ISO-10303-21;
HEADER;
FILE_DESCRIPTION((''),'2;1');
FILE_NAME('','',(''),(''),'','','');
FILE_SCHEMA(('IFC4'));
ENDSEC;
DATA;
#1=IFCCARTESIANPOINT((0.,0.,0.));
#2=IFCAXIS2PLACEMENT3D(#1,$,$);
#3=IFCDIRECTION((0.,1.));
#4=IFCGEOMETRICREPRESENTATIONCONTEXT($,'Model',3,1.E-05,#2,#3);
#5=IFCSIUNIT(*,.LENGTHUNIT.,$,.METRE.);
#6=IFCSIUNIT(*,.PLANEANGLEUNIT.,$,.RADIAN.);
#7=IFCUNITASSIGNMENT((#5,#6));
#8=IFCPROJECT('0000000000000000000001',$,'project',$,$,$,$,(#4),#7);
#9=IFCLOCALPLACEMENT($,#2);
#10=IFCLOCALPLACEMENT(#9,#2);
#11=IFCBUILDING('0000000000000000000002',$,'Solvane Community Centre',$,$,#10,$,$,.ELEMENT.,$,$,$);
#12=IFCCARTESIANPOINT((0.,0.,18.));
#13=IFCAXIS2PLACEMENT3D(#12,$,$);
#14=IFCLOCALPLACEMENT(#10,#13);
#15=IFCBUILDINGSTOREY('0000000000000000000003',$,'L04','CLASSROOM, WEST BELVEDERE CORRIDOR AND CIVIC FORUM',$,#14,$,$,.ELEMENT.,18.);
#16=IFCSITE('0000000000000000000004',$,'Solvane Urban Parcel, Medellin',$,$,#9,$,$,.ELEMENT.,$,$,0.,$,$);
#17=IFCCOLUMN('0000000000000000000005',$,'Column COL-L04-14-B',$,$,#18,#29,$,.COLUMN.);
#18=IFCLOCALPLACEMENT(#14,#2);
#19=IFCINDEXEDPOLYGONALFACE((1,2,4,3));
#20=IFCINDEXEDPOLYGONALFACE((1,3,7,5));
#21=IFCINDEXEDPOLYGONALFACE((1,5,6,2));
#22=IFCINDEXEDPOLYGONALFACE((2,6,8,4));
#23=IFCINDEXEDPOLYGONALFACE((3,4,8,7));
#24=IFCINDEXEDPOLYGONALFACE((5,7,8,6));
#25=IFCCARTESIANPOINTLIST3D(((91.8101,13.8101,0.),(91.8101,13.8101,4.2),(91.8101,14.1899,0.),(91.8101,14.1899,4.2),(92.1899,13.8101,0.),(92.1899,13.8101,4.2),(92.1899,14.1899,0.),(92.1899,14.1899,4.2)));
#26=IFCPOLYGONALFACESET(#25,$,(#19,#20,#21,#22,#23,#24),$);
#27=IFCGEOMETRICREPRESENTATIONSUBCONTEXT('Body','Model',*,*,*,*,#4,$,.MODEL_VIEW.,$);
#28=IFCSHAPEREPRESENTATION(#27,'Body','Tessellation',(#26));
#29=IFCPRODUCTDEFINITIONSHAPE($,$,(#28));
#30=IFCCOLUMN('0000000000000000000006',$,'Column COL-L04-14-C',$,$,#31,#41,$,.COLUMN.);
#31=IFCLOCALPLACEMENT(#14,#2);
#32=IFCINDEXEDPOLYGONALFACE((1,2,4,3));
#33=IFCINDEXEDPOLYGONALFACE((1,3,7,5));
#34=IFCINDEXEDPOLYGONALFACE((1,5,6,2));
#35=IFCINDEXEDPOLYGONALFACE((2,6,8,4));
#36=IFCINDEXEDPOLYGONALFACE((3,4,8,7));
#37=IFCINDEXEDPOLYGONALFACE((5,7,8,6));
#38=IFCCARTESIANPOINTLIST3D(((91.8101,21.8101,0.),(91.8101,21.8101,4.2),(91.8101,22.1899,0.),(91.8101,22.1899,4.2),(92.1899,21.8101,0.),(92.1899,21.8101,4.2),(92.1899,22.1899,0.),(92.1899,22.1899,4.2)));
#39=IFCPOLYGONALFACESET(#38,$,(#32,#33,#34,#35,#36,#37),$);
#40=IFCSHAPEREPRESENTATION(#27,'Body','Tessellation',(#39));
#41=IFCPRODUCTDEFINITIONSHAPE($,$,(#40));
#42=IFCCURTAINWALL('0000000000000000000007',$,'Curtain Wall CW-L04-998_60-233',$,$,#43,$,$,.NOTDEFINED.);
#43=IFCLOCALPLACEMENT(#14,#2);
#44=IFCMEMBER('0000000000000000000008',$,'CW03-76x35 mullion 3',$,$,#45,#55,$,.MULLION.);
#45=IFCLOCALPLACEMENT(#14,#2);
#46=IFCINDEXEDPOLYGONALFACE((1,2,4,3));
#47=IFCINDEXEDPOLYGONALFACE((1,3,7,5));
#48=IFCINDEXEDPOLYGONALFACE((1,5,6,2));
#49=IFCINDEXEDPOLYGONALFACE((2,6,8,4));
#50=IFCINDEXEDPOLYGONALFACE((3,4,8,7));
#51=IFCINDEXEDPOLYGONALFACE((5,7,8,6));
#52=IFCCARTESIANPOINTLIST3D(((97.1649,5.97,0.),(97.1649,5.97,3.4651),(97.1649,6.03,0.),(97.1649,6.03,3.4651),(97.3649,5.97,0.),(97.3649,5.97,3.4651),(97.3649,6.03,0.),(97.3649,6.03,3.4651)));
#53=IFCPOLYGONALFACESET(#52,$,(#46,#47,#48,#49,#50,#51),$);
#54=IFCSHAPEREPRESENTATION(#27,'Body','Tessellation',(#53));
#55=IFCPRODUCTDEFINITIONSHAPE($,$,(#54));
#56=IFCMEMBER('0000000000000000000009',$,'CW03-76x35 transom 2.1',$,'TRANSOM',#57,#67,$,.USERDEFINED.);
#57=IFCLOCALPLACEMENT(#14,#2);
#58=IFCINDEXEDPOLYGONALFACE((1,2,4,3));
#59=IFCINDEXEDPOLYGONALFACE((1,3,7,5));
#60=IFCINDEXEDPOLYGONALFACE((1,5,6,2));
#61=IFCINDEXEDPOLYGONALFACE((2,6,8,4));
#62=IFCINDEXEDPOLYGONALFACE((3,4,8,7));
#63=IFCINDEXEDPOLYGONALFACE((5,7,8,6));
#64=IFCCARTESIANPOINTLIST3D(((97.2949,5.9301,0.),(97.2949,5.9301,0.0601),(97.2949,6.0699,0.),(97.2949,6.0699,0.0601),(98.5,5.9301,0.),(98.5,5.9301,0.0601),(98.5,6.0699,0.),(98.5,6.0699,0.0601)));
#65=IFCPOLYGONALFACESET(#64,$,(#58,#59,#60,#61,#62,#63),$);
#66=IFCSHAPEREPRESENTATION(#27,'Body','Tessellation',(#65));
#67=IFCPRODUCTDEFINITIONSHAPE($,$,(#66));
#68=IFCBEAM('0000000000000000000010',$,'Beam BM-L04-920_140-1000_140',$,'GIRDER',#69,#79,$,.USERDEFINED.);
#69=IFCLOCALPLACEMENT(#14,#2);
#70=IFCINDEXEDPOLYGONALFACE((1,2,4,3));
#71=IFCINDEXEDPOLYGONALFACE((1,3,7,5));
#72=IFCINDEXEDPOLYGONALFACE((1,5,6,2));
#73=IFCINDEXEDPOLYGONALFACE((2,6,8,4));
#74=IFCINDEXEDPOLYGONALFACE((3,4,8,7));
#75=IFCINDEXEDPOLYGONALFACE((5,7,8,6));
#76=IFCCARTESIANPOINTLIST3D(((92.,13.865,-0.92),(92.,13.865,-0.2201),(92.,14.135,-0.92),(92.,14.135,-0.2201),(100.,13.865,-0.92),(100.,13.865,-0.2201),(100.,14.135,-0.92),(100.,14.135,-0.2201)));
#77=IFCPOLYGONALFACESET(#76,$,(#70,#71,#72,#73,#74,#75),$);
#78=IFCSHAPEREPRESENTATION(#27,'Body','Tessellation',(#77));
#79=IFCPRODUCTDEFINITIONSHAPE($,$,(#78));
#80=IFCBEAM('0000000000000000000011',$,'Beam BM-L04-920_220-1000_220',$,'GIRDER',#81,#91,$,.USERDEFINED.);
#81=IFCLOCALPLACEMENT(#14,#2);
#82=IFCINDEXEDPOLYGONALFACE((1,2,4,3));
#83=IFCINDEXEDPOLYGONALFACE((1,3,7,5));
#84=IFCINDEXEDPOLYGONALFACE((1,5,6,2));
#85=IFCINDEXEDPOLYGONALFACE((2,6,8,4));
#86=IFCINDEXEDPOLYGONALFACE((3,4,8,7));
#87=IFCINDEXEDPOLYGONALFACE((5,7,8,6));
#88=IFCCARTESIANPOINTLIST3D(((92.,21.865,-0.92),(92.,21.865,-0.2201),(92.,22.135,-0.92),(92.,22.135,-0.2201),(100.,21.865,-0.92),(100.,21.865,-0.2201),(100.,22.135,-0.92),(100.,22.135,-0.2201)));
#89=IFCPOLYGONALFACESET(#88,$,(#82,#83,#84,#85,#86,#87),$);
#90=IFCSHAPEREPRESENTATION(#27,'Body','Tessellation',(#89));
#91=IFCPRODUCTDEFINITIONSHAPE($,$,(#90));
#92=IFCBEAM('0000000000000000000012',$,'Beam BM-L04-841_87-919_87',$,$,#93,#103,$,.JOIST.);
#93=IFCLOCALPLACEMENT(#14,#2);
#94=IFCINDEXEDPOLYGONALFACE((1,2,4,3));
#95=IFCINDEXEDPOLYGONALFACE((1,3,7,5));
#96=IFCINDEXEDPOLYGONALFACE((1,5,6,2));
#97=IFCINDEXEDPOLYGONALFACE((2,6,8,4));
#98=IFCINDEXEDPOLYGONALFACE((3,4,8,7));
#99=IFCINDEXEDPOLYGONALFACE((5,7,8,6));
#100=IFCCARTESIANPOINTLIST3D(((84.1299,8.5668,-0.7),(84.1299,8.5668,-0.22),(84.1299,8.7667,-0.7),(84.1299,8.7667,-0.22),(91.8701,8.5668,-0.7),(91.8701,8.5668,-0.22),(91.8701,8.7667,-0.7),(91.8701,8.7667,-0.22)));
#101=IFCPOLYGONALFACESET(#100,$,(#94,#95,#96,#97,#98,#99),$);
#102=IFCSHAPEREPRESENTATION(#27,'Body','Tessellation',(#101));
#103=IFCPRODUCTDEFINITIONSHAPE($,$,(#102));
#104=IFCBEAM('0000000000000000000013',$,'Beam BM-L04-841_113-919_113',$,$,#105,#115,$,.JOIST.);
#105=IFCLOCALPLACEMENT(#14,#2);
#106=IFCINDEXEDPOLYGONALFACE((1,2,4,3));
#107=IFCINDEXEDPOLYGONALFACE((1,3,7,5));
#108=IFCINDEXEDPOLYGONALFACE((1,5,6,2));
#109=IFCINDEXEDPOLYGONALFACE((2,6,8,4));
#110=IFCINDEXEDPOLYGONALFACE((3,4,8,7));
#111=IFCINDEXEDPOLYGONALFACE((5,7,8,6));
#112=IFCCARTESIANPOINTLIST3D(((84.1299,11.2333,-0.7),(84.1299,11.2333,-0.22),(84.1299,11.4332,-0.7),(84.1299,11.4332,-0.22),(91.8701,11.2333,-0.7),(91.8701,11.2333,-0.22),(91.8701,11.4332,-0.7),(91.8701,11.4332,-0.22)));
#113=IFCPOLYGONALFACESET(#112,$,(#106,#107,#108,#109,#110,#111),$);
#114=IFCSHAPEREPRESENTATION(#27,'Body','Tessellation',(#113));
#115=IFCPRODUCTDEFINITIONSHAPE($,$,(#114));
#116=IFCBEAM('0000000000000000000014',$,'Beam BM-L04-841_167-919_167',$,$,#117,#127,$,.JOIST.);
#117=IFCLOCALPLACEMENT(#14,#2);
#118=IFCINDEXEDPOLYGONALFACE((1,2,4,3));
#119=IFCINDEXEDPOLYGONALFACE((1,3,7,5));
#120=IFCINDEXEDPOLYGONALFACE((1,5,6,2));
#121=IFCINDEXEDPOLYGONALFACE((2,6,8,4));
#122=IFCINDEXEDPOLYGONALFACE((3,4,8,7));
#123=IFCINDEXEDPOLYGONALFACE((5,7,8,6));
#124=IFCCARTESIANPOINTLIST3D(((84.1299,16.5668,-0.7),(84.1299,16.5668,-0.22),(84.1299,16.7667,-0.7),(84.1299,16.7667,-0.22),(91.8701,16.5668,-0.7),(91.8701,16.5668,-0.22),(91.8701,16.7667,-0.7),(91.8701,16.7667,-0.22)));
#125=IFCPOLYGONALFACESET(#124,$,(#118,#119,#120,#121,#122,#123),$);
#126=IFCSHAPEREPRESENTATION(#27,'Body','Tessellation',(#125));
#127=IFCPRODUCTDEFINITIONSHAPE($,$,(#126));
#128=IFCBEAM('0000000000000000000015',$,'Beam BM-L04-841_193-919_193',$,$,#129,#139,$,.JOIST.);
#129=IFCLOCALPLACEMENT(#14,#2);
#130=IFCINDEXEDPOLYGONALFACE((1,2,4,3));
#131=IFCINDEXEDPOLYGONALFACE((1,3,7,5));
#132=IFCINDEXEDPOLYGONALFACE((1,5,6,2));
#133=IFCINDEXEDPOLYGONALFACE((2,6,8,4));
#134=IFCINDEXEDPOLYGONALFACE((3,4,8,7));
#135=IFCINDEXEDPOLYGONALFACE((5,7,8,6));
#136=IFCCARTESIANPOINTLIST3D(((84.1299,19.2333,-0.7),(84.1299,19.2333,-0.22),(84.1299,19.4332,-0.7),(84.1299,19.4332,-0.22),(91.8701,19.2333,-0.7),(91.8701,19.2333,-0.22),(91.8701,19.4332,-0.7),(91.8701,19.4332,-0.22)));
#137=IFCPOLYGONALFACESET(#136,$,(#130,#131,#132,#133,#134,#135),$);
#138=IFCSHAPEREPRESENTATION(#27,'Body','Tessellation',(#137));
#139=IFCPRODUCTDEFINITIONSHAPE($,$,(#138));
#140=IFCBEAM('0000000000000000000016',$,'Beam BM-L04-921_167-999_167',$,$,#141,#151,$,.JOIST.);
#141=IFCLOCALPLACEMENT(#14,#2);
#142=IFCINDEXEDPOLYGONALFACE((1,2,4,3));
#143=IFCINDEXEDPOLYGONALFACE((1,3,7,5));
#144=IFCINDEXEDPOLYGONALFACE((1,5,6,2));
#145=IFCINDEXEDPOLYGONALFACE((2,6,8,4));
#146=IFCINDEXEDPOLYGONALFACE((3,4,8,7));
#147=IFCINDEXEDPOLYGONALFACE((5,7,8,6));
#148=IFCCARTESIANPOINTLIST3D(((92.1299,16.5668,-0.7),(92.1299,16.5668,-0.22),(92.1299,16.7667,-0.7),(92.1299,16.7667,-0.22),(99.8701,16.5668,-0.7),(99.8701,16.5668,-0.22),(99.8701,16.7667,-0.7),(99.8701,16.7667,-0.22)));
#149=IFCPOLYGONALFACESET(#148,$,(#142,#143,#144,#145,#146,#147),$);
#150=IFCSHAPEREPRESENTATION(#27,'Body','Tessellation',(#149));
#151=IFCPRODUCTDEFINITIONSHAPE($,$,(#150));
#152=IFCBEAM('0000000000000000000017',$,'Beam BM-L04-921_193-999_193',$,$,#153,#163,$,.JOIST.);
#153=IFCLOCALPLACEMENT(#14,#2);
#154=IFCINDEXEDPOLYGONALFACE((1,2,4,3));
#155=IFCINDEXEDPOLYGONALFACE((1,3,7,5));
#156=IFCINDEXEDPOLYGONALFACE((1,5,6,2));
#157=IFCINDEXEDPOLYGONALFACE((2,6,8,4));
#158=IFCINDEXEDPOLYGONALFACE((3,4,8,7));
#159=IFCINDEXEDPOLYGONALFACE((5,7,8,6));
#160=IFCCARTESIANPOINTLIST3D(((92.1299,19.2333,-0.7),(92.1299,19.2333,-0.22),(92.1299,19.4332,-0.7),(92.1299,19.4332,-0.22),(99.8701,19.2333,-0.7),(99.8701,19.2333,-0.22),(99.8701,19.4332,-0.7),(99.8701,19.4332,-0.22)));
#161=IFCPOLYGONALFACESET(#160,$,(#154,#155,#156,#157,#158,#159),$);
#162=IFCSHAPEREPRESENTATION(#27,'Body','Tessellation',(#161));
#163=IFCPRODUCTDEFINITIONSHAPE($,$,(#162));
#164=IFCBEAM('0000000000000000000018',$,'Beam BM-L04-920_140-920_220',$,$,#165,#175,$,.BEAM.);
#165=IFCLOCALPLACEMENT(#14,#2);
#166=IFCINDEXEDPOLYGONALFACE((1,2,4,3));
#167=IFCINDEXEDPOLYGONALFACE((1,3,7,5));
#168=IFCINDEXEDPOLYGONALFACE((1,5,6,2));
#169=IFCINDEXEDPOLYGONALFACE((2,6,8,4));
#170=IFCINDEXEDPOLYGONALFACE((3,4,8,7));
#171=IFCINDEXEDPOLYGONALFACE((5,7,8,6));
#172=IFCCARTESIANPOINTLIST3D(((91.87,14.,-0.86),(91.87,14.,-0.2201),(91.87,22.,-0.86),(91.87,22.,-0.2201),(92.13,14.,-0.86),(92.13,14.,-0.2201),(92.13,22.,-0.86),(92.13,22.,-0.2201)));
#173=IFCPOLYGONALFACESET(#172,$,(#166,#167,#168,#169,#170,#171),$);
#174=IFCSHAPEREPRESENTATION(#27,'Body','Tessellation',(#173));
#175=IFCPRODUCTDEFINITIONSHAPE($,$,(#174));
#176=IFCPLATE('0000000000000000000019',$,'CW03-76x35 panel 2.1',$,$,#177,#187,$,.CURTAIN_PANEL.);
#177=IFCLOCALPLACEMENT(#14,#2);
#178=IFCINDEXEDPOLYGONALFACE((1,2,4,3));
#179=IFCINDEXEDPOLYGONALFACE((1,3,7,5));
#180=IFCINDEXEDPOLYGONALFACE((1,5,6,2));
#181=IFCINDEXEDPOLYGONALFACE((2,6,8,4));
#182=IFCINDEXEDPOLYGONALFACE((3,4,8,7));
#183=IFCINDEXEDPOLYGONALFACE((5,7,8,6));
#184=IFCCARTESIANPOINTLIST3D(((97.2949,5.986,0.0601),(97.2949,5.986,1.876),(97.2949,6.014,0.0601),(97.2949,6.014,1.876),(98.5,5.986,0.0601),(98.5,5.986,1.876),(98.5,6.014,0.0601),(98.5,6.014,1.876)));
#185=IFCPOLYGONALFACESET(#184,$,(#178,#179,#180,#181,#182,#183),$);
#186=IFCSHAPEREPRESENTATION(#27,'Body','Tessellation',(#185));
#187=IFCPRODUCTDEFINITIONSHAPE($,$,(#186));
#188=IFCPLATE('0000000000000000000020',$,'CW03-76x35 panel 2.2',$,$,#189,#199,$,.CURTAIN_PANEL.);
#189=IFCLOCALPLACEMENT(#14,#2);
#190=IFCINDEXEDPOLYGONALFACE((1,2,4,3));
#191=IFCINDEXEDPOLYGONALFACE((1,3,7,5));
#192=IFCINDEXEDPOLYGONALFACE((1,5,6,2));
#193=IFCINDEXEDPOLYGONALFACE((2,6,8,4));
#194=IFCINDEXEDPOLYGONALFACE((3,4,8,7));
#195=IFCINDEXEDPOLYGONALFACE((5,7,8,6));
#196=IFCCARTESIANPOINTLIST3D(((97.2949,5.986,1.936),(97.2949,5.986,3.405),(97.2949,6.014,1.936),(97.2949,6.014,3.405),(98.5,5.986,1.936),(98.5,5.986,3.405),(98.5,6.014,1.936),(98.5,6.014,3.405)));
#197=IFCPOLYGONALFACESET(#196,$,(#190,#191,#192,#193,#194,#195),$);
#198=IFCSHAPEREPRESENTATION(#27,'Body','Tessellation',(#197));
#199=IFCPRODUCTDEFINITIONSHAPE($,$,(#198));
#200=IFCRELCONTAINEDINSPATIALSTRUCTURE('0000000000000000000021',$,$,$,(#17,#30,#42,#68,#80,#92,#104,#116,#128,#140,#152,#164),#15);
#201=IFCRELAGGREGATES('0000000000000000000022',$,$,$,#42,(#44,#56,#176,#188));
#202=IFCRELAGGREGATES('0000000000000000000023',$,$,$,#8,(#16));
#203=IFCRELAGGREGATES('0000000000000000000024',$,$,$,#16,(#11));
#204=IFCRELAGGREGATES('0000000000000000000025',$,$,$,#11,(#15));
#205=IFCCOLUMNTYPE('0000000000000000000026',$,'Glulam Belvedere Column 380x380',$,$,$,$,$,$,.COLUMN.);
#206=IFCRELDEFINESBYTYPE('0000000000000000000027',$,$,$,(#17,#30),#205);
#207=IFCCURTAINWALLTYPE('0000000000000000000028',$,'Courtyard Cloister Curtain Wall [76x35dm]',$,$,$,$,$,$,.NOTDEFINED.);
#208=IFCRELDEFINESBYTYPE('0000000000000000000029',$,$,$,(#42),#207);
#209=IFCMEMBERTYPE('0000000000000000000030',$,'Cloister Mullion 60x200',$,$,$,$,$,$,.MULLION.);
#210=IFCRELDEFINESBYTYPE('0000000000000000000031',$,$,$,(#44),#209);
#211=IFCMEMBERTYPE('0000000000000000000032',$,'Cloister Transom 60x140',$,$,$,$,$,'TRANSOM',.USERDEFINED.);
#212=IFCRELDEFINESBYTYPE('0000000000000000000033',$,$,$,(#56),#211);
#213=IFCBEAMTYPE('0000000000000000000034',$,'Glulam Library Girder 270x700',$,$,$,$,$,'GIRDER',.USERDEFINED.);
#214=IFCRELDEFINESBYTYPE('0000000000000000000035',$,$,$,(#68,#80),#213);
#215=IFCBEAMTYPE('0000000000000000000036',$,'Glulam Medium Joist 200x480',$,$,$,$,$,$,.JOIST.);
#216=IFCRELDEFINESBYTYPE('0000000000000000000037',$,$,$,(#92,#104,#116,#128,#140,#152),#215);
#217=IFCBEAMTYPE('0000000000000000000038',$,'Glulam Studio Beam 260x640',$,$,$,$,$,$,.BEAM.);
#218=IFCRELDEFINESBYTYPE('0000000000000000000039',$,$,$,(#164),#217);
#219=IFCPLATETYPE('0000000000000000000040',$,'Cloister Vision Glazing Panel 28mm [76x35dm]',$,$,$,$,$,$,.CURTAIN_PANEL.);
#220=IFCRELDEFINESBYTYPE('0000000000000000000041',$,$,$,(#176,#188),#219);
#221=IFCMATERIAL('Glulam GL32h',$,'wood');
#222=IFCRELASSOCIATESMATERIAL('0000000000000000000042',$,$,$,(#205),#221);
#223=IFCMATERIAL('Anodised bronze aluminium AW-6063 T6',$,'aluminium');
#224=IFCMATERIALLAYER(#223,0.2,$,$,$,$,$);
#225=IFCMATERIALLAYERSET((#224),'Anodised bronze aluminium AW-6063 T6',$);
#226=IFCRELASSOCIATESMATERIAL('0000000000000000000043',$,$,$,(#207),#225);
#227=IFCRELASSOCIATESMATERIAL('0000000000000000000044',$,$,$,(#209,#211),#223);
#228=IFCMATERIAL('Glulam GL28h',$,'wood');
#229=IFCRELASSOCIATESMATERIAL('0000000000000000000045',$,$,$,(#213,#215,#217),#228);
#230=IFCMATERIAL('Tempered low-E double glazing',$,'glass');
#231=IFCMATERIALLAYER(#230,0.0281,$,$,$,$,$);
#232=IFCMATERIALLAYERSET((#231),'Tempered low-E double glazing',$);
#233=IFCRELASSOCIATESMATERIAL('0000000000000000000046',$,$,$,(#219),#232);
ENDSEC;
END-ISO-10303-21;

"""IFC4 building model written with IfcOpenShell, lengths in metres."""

from ifc_helpers import new_model, si_unit, direction, frame, origin, origin_2d, place, context, subcontext, project, spatial, rectangle, extrude, material, layer, layer_set, material_profile, profile_set, type_object, element, aggregate, save


model = new_model("IFC4")

# Units and contexts
model_context = context("Model", 3, precision=1e-05, world=origin(), true_north=direction((0.0, 1.0)))
body_context = subcontext(model_context, "Body", "Model", "MODEL_VIEW")
ifc_project = project(units=[si_unit("LENGTHUNIT", "METRE"), si_unit("PLANEANGLEUNIT", "RADIAN")], contexts=[model_context])

# Site, building, storey
site_placement = place(None, origin())
site = spatial("IfcSite", under=ifc_project, at=site_placement, Name="Solvane Urban Parcel, Medellin", CompositionType="ELEMENT", RefElevation=0.0)
building_placement = place(site_placement, origin())
building = spatial("IfcBuilding", under=site, at=building_placement, Name="Solvane Community Centre", CompositionType="ELEMENT")
storey_placement = place(building_placement, frame((0.0, 0.0, 18.0)))
storey = spatial("IfcBuildingStorey", under=building, at=storey_placement, Name="L04", Description="CLASSROOM, WEST BELVEDERE CORRIDOR AND CIVIC FORUM", CompositionType="ELEMENT", Elevation=18.0)

# Columns
ifc_material_1 = material(Name="Glulam GL32h", Category="wood")
ifc_material_profile_1 = material_profile(ifc_material_1, rectangle(XDim=0.3799, YDim=0.3799, at=origin_2d()), Name="GL32h 380x380")
ifc_profile_set_1 = profile_set([ifc_material_profile_1], Name="Glulam GL32h")
column_type = type_object("IfcColumnType", Name="Glulam Belvedere Column 380x380", PredefinedType="COLUMN", material=ifc_profile_set_1)
for number, where, z_axis, x_axis, name in (
    (1, (92.0, 14.0, 0.0), (0.0, 0.0, 1.0), (1.0, 0.0, 0.0), "Column COL-L04-14-B"),
    (2, (92.0, 22.0, 0.0), (0.0, 0.0, 1.0), (1.0, 0.0, 0.0), "Column COL-L04-14-C"),
):
    element("IfcColumn", number, at=place(storey_placement, frame(where, z_axis=z_axis, x_axis=x_axis)), inside=storey, type_object=column_type, Name=name, PredefinedType="COLUMN", context=body_context, shape_type="SweptSolid", body=[
        extrude(rectangle(XDim=0.3799, YDim=0.3799, at=origin_2d()), origin(), (0.0, 0.0, 1.0), 4.2),
    ])

# Curtain wall, members
ifc_material_2 = material(Name="Anodised bronze aluminium AW-6063 T6", Category="aluminium")
ifc_layer_1 = layer(ifc_material_2, 0.2)
ifc_layer_set_1 = layer_set([ifc_layer_1], Name="Anodised bronze aluminium AW-6063 T6")
curtain_wall_type = type_object("IfcCurtainWallType", Name="Courtyard Cloister Curtain Wall [76x35dm]", PredefinedType="NOTDEFINED", material=ifc_layer_set_1)
curtain_wall_placement = place(storey_placement, origin())
curtain_wall = element("IfcCurtainWall", 3, at=curtain_wall_placement, inside=storey, type_object=curtain_wall_type, Name="Curtain Wall CW-L04-998_60-233", PredefinedType="NOTDEFINED")
ifc_material_profile_2 = material_profile(ifc_material_2, rectangle(XDim=0.0601, YDim=0.2, at=origin_2d()), Name="CW-M 60x200")
ifc_profile_set_2 = profile_set([ifc_material_profile_2], Name="Anodised bronze aluminium AW-6063 T6")
member_type_1 = type_object("IfcMemberType", Name="Cloister Mullion 60x200", PredefinedType="MULLION", material=ifc_profile_set_2)
member_1_placement = place(storey_placement, frame((97.2649, 6.0, 0.0), z_axis=(0.0, 0.0, 1.0), x_axis=(0.0, -1.0, 0.0)))
member_1 = element("IfcMember", 4, at=member_1_placement, type_object=member_type_1, Name="CW03-76x35 mullion 3", PredefinedType="MULLION", context=body_context, shape_type="SweptSolid", body=[
    extrude(rectangle(XDim=0.0601, YDim=0.2, at=origin_2d()), origin(), (0.0, 0.0, 1.0), 3.4651),
])
ifc_material_profile_3 = material_profile(ifc_material_2, rectangle(XDim=0.1399, YDim=0.0601, at=origin_2d()), Name="CW-T 60x140")
ifc_profile_set_3 = profile_set([ifc_material_profile_3], Name="Anodised bronze aluminium AW-6063 T6")
member_type_2 = type_object("IfcMemberType", Name="Cloister Transom 60x140", ElementType="TRANSOM", PredefinedType="USERDEFINED", material=ifc_profile_set_3)
member_2_placement = place(storey_placement, frame((98.5, 6.0, 0.03), z_axis=(-1.0, 0.0, 0.0), x_axis=(0.0, -1.0, 0.0)))
member_2 = element("IfcMember", 5, at=member_2_placement, type_object=member_type_2, Name="CW03-76x35 transom 2.1", ObjectType="TRANSOM", PredefinedType="USERDEFINED", context=body_context, shape_type="SweptSolid", body=[
    extrude(rectangle(XDim=0.1399, YDim=0.0601, at=origin_2d()), origin(), (0.0, 0.0, 1.0), 1.2051),
])

# Beams
ifc_material_3 = material(Name="Glulam GL28h", Category="wood")
ifc_material_profile_4 = material_profile(ifc_material_3, rectangle(XDim=0.27, YDim=0.7, at=origin_2d()), Name="GL28h 270x700")
ifc_profile_set_4 = profile_set([ifc_material_profile_4], Name="Glulam GL28h")
beam_type_1 = type_object("IfcBeamType", Name="Glulam Library Girder 270x700", ElementType="GIRDER", PredefinedType="USERDEFINED", material=ifc_profile_set_4)
for number, where, z_axis, x_axis, name in (
    (6, (92.0, 14.0, -0.5701), (1.0, 0.0, 0.0), (0.0, 1.0, 0.0), "Beam BM-L04-920_140-1000_140"),
    (7, (92.0, 22.0, -0.5701), (1.0, 0.0, 0.0), (0.0, 1.0, 0.0), "Beam BM-L04-920_220-1000_220"),
):
    element("IfcBeam", number, at=place(storey_placement, frame(where, z_axis=z_axis, x_axis=x_axis)), inside=storey, type_object=beam_type_1, Name=name, ObjectType="GIRDER", PredefinedType="USERDEFINED", context=body_context, shape_type="SweptSolid", body=[
        extrude(rectangle(XDim=0.27, YDim=0.7, at=origin_2d()), origin(), (0.0, 0.0, 1.0), 8.0),
    ])
ifc_material_profile_5 = material_profile(ifc_material_3, rectangle(XDim=0.2, YDim=0.48, at=origin_2d()), Name="GL28h 200x480")
ifc_profile_set_5 = profile_set([ifc_material_profile_5], Name="Glulam GL28h")
beam_type_2 = type_object("IfcBeamType", Name="Glulam Medium Joist 200x480", PredefinedType="JOIST", material=ifc_profile_set_5)
for number, where, z_axis, x_axis, name in (
    (8, (84.1299, 8.6667, -0.46), (1.0, 0.0, 0.0), (0.0, 1.0, 0.0), "Beam BM-L04-841_87-919_87"),
    (9, (84.1299, 11.3333, -0.46), (1.0, 0.0, 0.0), (0.0, 1.0, 0.0), "Beam BM-L04-841_113-919_113"),
    (10, (84.1299, 16.6667, -0.46), (1.0, 0.0, 0.0), (0.0, 1.0, 0.0), "Beam BM-L04-841_167-919_167"),
    (11, (84.1299, 19.3333, -0.46), (1.0, 0.0, 0.0), (0.0, 1.0, 0.0), "Beam BM-L04-841_193-919_193"),
    (12, (92.1299, 16.6667, -0.46), (1.0, 0.0, 0.0), (0.0, 1.0, 0.0), "Beam BM-L04-921_167-999_167"),
    (13, (92.1299, 19.3333, -0.46), (1.0, 0.0, 0.0), (0.0, 1.0, 0.0), "Beam BM-L04-921_193-999_193"),
):
    element("IfcBeam", number, at=place(storey_placement, frame(where, z_axis=z_axis, x_axis=x_axis)), inside=storey, type_object=beam_type_2, Name=name, PredefinedType="JOIST", context=body_context, shape_type="SweptSolid", body=[
        extrude(rectangle(XDim=0.2, YDim=0.48, at=origin_2d()), origin(), (0.0, 0.0, 1.0), 7.7402),
    ])
ifc_material_profile_6 = material_profile(ifc_material_3, rectangle(XDim=0.26, YDim=0.6399, at=origin_2d()), Name="GL28h 260x640")
ifc_profile_set_6 = profile_set([ifc_material_profile_6], Name="Glulam GL28h")
beam_type_3 = type_object("IfcBeamType", Name="Glulam Studio Beam 260x640", PredefinedType="BEAM", material=ifc_profile_set_6)
beam_placement = place(storey_placement, frame((92.0, 14.0, -0.54), z_axis=(0.0, 1.0, 0.0), x_axis=(-1.0, 0.0, 0.0)))
element("IfcBeam", 14, at=beam_placement, inside=storey, type_object=beam_type_3, Name="Beam BM-L04-920_140-920_220", PredefinedType="BEAM", context=body_context, shape_type="SweptSolid", body=[
    extrude(rectangle(XDim=0.26, YDim=0.6399, at=origin_2d()), origin(), (0.0, 0.0, 1.0), 8.0),
])

# Plates
ifc_material_4 = material(Name="Tempered low-E double glazing", Category="glass")
ifc_layer_2 = layer(ifc_material_4, 0.0281)
ifc_layer_set_2 = layer_set([ifc_layer_2], Name="Tempered low-E double glazing")
plate_type = type_object("IfcPlateType", Name="Cloister Vision Glazing Panel 28mm [76x35dm]", PredefinedType="CURTAIN_PANEL", material=ifc_layer_set_2)
plate_1_placement = place(storey_placement, frame((97.8975, 6.0, 0.0601), z_axis=(0.0, 0.0, 1.0), x_axis=(-1.0, 0.0, 0.0)))
plate_1 = element("IfcPlate", 15, at=plate_1_placement, type_object=plate_type, Name="CW03-76x35 panel 2.1", PredefinedType="CURTAIN_PANEL", context=body_context, shape_type="SweptSolid", body=[
    extrude(rectangle(XDim=1.2051, YDim=0.0281, at=origin_2d()), origin(), (0.0, 0.0, 1.0), 1.8159),
])
plate_2_placement = place(storey_placement, frame((97.8975, 6.0, 1.936), z_axis=(0.0, 0.0, 1.0), x_axis=(-1.0, 0.0, 0.0)))
plate_2 = element("IfcPlate", 16, at=plate_2_placement, type_object=plate_type, Name="CW03-76x35 panel 2.2", PredefinedType="CURTAIN_PANEL", context=body_context, shape_type="SweptSolid", body=[
    extrude(rectangle(XDim=1.2051, YDim=0.0281, at=origin_2d()), origin(), (0.0, 0.0, 1.0), 1.469),
])
aggregate(curtain_wall, [member_1, member_2, plate_1, plate_2])

save(model, "model.ifc")
